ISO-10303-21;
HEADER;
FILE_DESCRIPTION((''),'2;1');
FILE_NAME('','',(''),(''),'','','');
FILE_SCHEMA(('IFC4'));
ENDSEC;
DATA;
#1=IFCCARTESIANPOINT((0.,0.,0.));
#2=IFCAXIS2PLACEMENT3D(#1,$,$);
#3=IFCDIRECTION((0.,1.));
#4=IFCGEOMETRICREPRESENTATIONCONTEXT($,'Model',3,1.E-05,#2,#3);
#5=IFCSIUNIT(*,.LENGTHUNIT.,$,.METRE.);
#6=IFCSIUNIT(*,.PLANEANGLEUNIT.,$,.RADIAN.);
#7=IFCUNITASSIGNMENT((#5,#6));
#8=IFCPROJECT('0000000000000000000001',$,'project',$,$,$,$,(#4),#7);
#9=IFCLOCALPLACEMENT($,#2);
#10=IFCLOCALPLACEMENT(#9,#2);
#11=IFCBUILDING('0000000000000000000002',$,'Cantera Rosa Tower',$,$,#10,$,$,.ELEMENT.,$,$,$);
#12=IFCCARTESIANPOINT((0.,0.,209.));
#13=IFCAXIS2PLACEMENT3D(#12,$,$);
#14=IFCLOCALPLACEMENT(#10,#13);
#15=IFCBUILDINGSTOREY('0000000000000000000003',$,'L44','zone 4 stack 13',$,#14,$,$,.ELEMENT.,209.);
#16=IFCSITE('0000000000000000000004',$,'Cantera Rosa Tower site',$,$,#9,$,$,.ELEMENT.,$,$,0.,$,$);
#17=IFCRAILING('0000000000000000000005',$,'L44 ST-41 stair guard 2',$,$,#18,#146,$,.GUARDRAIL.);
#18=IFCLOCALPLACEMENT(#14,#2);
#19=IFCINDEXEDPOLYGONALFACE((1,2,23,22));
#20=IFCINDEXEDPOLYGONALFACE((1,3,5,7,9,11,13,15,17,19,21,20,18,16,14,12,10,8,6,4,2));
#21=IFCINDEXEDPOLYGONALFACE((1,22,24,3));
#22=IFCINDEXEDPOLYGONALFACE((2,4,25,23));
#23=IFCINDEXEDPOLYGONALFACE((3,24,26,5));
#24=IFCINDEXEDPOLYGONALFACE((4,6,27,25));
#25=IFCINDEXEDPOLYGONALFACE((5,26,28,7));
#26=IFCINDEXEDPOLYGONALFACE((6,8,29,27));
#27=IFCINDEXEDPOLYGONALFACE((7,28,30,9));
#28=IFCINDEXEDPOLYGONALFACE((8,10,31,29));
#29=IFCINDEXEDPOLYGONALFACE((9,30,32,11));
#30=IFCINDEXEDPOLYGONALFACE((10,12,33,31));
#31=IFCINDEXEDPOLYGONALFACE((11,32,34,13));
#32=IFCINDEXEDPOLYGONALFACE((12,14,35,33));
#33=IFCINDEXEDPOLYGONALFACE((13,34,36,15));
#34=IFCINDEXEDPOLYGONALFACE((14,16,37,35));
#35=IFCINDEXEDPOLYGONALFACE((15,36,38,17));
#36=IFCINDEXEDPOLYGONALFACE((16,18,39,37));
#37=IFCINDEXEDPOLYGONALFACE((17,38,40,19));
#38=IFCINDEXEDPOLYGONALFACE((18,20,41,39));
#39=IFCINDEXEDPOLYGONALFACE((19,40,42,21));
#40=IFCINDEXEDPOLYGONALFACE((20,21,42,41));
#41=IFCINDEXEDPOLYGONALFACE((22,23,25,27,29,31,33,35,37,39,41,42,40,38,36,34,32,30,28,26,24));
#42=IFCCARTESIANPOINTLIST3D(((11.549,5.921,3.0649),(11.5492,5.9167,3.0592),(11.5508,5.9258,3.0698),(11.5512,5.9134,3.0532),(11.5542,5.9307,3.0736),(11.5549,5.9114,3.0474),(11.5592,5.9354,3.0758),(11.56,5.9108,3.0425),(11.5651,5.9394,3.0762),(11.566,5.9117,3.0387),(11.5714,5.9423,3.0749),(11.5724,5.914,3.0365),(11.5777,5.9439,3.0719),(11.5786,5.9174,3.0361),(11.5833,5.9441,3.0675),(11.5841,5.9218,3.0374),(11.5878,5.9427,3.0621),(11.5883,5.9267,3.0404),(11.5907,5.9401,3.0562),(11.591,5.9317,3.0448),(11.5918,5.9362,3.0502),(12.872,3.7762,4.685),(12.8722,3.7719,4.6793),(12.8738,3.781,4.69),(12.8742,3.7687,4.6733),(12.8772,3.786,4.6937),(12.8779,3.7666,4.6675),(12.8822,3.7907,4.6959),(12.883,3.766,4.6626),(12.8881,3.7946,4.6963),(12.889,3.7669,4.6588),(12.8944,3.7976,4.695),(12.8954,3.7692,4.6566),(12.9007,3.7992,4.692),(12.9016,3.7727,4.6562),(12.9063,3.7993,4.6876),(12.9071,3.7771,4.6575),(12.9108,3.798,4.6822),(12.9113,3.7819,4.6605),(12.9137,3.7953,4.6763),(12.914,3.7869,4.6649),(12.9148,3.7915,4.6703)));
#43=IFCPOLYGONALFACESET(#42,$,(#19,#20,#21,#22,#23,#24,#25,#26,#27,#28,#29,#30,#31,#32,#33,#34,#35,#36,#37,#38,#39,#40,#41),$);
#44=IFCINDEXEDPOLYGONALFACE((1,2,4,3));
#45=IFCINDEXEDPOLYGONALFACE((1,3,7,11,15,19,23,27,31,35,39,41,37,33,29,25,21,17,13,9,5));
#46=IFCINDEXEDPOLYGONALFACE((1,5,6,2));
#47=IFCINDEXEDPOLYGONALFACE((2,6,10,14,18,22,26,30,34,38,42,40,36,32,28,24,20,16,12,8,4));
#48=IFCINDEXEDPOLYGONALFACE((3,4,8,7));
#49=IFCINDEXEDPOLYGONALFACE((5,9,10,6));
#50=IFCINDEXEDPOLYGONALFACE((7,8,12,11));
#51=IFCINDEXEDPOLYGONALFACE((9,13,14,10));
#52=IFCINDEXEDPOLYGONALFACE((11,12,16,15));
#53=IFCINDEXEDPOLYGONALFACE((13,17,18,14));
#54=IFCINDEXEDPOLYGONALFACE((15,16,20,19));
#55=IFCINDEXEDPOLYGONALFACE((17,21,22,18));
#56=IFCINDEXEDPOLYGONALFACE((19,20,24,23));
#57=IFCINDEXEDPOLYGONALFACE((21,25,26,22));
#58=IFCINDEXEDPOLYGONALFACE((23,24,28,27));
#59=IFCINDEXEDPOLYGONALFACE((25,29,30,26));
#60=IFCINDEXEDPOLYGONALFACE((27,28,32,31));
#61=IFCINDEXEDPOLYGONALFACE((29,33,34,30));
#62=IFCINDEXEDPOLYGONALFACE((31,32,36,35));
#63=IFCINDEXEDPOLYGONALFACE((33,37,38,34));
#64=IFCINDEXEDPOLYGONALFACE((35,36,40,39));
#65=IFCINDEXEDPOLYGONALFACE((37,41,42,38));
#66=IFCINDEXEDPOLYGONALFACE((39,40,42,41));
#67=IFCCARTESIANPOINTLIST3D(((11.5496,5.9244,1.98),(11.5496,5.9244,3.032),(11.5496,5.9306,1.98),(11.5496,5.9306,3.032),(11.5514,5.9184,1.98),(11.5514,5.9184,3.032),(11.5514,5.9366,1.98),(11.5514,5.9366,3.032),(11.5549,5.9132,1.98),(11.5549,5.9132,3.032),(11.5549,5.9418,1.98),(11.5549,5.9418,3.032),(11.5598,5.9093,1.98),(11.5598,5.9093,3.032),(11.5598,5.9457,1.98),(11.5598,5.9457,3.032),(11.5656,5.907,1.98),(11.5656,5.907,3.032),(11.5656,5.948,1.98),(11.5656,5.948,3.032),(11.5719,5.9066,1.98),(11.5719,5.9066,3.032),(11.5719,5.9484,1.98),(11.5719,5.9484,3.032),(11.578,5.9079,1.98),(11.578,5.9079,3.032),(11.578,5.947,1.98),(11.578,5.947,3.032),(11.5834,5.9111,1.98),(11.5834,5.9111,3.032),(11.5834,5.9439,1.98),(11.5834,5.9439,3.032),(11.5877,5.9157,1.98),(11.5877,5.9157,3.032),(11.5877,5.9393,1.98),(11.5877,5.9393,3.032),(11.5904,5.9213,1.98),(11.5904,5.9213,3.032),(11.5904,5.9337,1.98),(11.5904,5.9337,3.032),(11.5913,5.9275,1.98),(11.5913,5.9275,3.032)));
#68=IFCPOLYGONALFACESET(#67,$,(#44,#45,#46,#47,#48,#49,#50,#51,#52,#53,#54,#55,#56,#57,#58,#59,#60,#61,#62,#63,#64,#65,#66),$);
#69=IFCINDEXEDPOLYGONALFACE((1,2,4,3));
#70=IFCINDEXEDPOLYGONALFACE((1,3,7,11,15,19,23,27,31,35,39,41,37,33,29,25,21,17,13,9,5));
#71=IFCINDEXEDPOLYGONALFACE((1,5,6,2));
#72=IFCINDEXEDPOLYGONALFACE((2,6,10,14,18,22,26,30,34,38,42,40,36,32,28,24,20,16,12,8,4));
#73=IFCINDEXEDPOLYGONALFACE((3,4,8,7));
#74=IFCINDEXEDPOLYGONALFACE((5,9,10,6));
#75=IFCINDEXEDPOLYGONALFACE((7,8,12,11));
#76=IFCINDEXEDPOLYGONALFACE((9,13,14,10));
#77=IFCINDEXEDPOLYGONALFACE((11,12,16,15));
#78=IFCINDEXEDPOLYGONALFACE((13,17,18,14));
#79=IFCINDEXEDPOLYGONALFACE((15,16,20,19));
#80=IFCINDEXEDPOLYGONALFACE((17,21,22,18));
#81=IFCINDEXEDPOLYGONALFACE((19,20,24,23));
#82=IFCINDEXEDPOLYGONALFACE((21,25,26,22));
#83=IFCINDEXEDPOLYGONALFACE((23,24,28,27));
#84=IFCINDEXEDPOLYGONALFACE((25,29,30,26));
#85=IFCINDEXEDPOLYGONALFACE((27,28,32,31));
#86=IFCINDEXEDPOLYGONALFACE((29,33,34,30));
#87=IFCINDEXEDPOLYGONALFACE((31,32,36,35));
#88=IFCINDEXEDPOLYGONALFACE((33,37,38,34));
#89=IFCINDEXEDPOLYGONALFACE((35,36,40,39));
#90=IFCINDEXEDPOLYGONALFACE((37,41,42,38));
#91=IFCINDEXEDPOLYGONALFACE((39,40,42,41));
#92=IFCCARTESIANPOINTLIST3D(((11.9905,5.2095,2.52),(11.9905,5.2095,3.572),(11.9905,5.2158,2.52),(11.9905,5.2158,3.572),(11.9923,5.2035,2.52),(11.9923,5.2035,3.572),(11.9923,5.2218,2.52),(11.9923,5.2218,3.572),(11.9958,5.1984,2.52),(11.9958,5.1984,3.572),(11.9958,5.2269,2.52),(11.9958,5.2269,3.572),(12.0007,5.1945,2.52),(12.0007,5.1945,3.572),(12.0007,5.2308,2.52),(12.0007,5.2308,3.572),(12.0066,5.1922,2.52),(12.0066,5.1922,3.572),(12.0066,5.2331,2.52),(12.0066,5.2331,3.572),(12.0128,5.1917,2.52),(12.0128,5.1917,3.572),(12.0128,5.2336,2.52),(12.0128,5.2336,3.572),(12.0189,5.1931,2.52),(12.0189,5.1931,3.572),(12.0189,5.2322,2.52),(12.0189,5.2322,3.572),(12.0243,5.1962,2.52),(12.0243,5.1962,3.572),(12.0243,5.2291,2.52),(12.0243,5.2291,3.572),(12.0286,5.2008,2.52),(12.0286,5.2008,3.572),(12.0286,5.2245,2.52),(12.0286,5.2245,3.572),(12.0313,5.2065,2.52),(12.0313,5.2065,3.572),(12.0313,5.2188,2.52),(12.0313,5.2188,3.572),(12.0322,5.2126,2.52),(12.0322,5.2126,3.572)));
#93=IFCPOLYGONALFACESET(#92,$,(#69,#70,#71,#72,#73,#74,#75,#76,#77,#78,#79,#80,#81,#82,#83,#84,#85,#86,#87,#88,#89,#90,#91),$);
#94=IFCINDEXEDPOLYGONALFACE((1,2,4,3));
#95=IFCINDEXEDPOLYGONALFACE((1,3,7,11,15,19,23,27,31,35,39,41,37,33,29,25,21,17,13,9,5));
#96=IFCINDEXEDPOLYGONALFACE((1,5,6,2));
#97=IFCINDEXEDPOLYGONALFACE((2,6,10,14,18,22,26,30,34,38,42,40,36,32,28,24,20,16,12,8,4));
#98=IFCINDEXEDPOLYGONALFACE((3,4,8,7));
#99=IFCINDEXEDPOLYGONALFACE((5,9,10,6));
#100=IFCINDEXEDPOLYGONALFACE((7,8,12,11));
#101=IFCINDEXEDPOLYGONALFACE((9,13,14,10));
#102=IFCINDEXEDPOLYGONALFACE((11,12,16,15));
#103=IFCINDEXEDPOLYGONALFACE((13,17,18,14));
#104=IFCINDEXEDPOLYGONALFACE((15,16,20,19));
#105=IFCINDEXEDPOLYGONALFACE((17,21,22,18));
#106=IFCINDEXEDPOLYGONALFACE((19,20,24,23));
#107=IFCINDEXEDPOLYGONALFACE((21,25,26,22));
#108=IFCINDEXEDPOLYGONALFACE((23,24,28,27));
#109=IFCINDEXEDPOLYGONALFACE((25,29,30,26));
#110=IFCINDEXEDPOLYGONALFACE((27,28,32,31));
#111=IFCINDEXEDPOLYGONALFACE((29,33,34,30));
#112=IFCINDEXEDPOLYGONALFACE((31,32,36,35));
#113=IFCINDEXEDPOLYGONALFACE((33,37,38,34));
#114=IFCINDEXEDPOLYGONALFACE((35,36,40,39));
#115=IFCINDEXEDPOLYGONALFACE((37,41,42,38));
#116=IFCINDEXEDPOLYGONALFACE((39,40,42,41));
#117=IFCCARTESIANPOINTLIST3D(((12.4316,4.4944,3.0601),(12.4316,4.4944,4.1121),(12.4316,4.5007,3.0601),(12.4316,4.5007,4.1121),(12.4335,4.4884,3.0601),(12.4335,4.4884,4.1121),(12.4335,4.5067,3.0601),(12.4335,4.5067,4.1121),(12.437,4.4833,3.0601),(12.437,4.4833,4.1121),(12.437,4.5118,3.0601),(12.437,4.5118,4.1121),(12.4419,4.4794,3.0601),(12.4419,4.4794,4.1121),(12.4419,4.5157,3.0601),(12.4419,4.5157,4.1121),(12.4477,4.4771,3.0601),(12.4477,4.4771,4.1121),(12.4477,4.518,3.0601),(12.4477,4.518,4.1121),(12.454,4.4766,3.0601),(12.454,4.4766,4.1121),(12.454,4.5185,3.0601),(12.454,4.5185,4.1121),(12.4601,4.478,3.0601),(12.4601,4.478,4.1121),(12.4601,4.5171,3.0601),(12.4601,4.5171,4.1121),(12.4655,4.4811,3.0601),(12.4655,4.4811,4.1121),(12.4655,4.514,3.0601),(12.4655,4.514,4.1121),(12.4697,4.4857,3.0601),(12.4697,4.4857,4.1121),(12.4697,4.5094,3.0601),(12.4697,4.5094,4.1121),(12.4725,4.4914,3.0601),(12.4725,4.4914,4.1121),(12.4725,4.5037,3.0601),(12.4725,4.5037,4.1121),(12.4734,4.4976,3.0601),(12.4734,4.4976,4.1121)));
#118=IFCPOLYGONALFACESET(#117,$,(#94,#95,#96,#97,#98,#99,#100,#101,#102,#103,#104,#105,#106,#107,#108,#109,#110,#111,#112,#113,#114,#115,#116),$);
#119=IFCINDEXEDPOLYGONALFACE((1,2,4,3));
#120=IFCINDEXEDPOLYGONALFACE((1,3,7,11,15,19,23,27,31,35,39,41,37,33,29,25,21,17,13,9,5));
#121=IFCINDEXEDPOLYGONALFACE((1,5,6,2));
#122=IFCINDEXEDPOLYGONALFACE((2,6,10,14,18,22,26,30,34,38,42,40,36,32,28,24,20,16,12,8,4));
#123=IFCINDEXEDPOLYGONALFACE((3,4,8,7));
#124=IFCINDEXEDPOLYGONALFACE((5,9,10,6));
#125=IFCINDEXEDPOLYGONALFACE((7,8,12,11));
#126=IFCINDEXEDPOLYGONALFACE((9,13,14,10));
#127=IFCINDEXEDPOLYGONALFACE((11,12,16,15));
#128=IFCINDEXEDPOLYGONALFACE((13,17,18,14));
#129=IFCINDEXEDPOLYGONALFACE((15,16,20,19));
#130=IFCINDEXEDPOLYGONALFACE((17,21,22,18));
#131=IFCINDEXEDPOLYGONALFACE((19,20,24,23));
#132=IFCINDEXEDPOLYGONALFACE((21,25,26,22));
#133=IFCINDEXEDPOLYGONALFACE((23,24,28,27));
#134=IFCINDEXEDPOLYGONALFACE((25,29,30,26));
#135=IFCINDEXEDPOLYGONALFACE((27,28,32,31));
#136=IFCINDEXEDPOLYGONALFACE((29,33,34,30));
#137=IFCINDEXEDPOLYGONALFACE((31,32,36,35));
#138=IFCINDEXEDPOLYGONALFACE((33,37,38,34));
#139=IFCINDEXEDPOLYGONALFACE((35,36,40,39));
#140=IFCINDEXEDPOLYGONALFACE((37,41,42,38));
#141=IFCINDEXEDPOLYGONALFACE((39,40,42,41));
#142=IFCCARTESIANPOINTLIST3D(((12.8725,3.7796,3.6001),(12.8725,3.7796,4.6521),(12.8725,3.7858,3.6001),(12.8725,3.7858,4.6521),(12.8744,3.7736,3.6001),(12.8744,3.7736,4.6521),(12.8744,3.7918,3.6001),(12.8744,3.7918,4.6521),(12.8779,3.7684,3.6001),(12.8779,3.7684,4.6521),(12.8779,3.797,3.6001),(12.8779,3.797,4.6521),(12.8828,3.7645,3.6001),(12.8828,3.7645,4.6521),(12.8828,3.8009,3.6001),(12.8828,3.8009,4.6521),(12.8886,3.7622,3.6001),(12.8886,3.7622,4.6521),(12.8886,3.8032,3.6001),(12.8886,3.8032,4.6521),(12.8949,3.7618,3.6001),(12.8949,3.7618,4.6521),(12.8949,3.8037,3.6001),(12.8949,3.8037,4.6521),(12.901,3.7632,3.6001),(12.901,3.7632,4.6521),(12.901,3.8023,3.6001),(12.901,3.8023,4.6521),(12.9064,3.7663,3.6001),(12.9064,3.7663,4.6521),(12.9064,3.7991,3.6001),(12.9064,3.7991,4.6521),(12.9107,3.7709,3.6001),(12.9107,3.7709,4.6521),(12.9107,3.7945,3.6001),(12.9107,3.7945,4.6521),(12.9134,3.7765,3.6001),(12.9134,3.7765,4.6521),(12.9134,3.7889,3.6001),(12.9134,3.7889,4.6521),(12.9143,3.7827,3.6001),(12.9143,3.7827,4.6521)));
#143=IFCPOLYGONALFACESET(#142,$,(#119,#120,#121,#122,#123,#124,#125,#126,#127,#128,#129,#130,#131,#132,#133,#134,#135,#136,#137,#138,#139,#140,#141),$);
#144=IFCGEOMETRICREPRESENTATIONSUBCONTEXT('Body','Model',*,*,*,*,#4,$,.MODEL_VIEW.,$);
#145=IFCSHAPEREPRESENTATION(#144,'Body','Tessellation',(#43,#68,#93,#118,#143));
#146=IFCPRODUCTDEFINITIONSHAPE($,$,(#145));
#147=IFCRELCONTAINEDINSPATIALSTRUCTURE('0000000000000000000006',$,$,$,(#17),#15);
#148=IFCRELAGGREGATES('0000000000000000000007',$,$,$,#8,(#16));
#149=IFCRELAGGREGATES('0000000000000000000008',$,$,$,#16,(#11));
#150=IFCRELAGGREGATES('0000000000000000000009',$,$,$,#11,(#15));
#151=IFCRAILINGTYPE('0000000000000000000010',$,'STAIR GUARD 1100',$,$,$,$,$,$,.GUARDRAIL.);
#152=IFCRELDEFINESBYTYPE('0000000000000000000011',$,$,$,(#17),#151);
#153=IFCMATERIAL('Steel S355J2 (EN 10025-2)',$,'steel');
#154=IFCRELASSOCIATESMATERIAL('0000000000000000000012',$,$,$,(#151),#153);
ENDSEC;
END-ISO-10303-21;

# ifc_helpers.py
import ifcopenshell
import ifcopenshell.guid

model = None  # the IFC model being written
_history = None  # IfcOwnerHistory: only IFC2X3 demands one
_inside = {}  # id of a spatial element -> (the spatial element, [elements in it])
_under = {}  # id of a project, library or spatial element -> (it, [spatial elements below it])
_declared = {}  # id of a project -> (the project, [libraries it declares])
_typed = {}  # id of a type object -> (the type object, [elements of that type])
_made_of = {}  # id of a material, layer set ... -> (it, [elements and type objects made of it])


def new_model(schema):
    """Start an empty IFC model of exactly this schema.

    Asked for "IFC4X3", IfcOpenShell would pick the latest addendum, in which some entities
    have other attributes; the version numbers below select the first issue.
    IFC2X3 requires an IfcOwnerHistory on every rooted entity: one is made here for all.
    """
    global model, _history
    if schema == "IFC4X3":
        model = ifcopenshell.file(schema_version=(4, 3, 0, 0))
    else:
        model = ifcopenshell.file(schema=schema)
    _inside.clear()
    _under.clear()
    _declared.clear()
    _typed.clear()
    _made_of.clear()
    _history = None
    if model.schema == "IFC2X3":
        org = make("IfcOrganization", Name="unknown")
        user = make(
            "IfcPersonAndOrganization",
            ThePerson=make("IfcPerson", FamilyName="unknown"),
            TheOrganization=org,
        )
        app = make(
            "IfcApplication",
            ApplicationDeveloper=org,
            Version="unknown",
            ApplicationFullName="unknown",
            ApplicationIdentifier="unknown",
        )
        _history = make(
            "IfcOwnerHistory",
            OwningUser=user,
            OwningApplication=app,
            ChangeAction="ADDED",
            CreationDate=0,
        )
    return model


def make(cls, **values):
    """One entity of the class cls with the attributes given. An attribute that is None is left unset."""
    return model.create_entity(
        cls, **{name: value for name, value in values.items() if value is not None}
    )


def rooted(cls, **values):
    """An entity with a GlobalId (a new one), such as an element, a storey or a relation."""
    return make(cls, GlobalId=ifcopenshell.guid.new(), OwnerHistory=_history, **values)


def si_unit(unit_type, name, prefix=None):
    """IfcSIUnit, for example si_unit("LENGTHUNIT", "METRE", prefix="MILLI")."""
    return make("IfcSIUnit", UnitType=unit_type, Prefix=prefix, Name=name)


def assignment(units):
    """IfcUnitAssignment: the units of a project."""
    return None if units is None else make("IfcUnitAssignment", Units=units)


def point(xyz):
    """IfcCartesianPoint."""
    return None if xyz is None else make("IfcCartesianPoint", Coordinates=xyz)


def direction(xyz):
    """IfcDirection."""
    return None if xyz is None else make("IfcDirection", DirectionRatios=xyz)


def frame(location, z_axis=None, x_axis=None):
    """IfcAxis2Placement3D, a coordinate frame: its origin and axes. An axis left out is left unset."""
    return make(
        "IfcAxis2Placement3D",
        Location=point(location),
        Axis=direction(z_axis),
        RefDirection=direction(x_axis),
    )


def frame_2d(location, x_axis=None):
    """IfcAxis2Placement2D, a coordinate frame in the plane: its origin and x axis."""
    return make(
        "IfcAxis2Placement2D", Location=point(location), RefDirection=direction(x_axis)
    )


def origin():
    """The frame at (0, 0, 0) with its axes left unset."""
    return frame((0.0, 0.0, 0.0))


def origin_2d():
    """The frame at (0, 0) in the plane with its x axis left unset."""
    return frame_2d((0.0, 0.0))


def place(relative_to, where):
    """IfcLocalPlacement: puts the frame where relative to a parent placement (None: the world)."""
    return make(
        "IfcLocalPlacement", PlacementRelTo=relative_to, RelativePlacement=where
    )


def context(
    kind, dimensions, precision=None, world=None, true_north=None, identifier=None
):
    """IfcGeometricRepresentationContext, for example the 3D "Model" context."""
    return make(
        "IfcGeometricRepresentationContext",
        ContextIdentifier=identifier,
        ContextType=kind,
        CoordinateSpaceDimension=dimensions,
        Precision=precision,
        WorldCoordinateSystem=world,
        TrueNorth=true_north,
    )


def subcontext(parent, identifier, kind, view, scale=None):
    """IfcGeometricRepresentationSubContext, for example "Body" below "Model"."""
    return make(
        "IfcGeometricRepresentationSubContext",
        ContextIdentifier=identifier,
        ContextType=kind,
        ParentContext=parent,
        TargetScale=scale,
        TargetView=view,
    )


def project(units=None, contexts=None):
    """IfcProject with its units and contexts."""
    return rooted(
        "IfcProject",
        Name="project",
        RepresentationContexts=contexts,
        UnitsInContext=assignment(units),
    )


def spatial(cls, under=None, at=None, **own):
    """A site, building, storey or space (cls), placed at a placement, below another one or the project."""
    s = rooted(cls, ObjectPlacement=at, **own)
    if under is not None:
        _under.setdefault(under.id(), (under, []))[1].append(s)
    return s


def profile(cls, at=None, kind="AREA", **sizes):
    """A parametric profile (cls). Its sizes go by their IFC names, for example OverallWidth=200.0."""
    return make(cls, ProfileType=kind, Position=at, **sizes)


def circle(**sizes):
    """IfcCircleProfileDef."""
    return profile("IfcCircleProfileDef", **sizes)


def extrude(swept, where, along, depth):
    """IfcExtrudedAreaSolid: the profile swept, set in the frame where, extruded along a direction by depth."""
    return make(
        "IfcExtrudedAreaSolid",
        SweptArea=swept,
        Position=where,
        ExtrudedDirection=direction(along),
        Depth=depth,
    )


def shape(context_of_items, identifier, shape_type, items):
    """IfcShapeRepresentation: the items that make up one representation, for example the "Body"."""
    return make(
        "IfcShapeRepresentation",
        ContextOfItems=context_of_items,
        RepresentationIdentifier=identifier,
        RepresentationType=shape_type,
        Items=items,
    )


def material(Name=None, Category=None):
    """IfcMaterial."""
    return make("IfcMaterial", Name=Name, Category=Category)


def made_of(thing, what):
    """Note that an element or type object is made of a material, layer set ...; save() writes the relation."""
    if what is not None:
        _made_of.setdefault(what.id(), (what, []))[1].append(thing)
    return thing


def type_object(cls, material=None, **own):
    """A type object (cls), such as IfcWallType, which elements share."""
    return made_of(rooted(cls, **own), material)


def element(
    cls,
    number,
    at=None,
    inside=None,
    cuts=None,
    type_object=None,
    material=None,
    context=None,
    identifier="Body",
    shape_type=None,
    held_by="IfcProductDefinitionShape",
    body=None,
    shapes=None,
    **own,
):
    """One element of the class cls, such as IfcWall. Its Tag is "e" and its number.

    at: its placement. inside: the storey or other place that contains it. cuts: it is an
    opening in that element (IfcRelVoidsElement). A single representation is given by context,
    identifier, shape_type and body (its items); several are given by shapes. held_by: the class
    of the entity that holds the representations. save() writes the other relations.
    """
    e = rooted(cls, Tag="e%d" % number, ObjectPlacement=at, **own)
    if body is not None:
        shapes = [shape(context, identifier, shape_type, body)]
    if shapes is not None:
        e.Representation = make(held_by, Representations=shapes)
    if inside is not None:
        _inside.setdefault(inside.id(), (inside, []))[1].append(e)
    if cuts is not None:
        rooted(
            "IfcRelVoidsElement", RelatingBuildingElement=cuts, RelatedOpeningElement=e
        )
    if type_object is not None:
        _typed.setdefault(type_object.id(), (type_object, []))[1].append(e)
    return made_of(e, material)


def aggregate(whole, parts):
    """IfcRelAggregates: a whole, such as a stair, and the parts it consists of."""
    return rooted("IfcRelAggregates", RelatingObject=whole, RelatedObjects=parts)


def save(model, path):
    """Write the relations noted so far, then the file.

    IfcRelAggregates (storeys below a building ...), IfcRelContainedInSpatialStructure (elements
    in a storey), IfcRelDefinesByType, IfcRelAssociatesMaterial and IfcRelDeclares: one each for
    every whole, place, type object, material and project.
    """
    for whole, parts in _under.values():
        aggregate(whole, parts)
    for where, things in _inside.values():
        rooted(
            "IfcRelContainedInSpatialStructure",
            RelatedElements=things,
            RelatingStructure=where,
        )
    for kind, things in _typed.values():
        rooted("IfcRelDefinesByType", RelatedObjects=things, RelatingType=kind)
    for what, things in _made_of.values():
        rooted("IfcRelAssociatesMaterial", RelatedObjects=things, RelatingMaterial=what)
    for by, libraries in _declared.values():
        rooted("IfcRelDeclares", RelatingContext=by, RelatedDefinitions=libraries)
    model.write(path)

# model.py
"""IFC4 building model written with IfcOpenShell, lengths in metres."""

from ifc_helpers import new_model, si_unit, direction, frame, origin, origin_2d, place, context, subcontext, project, spatial, circle, extrude, material, type_object, element, save


model = new_model("IFC4")

# Units and contexts
model_context = context("Model", 3, precision=1e-05, world=origin(), true_north=direction((0.0, 1.0)))
body_context = subcontext(model_context, "Body", "Model", "MODEL_VIEW")
ifc_project = project(units=[si_unit("LENGTHUNIT", "METRE"), si_unit("PLANEANGLEUNIT", "RADIAN")], contexts=[model_context])

# Site, building, storey
site_placement = place(None, origin())
site = spatial("IfcSite", under=ifc_project, at=site_placement, Name="Cantera Rosa Tower site", CompositionType="ELEMENT", RefElevation=0.0)
building_placement = place(site_placement, origin())
building = spatial("IfcBuilding", under=site, at=building_placement, Name="Cantera Rosa Tower", CompositionType="ELEMENT")
storey_placement = place(building_placement, frame((0.0, 0.0, 209.0)))
storey = spatial("IfcBuildingStorey", under=building, at=storey_placement, Name="L44", Description="zone 4 stack 13", CompositionType="ELEMENT", Elevation=209.0)

# Railing
ifc_material_1 = material(Name="Steel S355J2 (EN 10025-2)", Category="steel")
railing_type_1 = type_object("IfcRailingType", Name="STAIR GUARD 1100", PredefinedType="GUARDRAIL", material=ifc_material_1)
railing_1_placement = place(storey_placement, frame((11.5703, 5.9275, 1.98)))
element("IfcRailing", 1, at=railing_1_placement, inside=storey, type_object=railing_type_1, Name="L44 ST-41 stair guard 2", PredefinedType="GUARDRAIL", context=body_context, shape_type="SweptSolid", body=[
    extrude(circle(Radius=0.0239, at=origin_2d()), frame((0.0, 0.0, 1.0762), z_axis=(0.441609, -0.715914, 0.540786), x_axis=(0.851102, 0.525, 0.0)), (0.0, 0.0, 1.0), 2.9958),
    extrude(circle(Radius=0.021, at=origin_2d()), origin(), (0.0, 0.0, 1.0), 1.052),
    extrude(circle(Radius=0.021, at=origin_2d()), frame((0.4409, -0.7148, 0.54)), (0.0, 0.0, 1.0), 1.052),
    extrude(circle(Radius=0.021, at=origin_2d()), frame((0.8821, -1.4299, 1.0801)), (0.0, 0.0, 1.0), 1.052),
    extrude(circle(Radius=0.021, at=origin_2d()), frame((1.323, -2.1448, 1.6201)), (0.0, 0.0, 1.0), 1.052),
])

save(model, "model.ifc")
